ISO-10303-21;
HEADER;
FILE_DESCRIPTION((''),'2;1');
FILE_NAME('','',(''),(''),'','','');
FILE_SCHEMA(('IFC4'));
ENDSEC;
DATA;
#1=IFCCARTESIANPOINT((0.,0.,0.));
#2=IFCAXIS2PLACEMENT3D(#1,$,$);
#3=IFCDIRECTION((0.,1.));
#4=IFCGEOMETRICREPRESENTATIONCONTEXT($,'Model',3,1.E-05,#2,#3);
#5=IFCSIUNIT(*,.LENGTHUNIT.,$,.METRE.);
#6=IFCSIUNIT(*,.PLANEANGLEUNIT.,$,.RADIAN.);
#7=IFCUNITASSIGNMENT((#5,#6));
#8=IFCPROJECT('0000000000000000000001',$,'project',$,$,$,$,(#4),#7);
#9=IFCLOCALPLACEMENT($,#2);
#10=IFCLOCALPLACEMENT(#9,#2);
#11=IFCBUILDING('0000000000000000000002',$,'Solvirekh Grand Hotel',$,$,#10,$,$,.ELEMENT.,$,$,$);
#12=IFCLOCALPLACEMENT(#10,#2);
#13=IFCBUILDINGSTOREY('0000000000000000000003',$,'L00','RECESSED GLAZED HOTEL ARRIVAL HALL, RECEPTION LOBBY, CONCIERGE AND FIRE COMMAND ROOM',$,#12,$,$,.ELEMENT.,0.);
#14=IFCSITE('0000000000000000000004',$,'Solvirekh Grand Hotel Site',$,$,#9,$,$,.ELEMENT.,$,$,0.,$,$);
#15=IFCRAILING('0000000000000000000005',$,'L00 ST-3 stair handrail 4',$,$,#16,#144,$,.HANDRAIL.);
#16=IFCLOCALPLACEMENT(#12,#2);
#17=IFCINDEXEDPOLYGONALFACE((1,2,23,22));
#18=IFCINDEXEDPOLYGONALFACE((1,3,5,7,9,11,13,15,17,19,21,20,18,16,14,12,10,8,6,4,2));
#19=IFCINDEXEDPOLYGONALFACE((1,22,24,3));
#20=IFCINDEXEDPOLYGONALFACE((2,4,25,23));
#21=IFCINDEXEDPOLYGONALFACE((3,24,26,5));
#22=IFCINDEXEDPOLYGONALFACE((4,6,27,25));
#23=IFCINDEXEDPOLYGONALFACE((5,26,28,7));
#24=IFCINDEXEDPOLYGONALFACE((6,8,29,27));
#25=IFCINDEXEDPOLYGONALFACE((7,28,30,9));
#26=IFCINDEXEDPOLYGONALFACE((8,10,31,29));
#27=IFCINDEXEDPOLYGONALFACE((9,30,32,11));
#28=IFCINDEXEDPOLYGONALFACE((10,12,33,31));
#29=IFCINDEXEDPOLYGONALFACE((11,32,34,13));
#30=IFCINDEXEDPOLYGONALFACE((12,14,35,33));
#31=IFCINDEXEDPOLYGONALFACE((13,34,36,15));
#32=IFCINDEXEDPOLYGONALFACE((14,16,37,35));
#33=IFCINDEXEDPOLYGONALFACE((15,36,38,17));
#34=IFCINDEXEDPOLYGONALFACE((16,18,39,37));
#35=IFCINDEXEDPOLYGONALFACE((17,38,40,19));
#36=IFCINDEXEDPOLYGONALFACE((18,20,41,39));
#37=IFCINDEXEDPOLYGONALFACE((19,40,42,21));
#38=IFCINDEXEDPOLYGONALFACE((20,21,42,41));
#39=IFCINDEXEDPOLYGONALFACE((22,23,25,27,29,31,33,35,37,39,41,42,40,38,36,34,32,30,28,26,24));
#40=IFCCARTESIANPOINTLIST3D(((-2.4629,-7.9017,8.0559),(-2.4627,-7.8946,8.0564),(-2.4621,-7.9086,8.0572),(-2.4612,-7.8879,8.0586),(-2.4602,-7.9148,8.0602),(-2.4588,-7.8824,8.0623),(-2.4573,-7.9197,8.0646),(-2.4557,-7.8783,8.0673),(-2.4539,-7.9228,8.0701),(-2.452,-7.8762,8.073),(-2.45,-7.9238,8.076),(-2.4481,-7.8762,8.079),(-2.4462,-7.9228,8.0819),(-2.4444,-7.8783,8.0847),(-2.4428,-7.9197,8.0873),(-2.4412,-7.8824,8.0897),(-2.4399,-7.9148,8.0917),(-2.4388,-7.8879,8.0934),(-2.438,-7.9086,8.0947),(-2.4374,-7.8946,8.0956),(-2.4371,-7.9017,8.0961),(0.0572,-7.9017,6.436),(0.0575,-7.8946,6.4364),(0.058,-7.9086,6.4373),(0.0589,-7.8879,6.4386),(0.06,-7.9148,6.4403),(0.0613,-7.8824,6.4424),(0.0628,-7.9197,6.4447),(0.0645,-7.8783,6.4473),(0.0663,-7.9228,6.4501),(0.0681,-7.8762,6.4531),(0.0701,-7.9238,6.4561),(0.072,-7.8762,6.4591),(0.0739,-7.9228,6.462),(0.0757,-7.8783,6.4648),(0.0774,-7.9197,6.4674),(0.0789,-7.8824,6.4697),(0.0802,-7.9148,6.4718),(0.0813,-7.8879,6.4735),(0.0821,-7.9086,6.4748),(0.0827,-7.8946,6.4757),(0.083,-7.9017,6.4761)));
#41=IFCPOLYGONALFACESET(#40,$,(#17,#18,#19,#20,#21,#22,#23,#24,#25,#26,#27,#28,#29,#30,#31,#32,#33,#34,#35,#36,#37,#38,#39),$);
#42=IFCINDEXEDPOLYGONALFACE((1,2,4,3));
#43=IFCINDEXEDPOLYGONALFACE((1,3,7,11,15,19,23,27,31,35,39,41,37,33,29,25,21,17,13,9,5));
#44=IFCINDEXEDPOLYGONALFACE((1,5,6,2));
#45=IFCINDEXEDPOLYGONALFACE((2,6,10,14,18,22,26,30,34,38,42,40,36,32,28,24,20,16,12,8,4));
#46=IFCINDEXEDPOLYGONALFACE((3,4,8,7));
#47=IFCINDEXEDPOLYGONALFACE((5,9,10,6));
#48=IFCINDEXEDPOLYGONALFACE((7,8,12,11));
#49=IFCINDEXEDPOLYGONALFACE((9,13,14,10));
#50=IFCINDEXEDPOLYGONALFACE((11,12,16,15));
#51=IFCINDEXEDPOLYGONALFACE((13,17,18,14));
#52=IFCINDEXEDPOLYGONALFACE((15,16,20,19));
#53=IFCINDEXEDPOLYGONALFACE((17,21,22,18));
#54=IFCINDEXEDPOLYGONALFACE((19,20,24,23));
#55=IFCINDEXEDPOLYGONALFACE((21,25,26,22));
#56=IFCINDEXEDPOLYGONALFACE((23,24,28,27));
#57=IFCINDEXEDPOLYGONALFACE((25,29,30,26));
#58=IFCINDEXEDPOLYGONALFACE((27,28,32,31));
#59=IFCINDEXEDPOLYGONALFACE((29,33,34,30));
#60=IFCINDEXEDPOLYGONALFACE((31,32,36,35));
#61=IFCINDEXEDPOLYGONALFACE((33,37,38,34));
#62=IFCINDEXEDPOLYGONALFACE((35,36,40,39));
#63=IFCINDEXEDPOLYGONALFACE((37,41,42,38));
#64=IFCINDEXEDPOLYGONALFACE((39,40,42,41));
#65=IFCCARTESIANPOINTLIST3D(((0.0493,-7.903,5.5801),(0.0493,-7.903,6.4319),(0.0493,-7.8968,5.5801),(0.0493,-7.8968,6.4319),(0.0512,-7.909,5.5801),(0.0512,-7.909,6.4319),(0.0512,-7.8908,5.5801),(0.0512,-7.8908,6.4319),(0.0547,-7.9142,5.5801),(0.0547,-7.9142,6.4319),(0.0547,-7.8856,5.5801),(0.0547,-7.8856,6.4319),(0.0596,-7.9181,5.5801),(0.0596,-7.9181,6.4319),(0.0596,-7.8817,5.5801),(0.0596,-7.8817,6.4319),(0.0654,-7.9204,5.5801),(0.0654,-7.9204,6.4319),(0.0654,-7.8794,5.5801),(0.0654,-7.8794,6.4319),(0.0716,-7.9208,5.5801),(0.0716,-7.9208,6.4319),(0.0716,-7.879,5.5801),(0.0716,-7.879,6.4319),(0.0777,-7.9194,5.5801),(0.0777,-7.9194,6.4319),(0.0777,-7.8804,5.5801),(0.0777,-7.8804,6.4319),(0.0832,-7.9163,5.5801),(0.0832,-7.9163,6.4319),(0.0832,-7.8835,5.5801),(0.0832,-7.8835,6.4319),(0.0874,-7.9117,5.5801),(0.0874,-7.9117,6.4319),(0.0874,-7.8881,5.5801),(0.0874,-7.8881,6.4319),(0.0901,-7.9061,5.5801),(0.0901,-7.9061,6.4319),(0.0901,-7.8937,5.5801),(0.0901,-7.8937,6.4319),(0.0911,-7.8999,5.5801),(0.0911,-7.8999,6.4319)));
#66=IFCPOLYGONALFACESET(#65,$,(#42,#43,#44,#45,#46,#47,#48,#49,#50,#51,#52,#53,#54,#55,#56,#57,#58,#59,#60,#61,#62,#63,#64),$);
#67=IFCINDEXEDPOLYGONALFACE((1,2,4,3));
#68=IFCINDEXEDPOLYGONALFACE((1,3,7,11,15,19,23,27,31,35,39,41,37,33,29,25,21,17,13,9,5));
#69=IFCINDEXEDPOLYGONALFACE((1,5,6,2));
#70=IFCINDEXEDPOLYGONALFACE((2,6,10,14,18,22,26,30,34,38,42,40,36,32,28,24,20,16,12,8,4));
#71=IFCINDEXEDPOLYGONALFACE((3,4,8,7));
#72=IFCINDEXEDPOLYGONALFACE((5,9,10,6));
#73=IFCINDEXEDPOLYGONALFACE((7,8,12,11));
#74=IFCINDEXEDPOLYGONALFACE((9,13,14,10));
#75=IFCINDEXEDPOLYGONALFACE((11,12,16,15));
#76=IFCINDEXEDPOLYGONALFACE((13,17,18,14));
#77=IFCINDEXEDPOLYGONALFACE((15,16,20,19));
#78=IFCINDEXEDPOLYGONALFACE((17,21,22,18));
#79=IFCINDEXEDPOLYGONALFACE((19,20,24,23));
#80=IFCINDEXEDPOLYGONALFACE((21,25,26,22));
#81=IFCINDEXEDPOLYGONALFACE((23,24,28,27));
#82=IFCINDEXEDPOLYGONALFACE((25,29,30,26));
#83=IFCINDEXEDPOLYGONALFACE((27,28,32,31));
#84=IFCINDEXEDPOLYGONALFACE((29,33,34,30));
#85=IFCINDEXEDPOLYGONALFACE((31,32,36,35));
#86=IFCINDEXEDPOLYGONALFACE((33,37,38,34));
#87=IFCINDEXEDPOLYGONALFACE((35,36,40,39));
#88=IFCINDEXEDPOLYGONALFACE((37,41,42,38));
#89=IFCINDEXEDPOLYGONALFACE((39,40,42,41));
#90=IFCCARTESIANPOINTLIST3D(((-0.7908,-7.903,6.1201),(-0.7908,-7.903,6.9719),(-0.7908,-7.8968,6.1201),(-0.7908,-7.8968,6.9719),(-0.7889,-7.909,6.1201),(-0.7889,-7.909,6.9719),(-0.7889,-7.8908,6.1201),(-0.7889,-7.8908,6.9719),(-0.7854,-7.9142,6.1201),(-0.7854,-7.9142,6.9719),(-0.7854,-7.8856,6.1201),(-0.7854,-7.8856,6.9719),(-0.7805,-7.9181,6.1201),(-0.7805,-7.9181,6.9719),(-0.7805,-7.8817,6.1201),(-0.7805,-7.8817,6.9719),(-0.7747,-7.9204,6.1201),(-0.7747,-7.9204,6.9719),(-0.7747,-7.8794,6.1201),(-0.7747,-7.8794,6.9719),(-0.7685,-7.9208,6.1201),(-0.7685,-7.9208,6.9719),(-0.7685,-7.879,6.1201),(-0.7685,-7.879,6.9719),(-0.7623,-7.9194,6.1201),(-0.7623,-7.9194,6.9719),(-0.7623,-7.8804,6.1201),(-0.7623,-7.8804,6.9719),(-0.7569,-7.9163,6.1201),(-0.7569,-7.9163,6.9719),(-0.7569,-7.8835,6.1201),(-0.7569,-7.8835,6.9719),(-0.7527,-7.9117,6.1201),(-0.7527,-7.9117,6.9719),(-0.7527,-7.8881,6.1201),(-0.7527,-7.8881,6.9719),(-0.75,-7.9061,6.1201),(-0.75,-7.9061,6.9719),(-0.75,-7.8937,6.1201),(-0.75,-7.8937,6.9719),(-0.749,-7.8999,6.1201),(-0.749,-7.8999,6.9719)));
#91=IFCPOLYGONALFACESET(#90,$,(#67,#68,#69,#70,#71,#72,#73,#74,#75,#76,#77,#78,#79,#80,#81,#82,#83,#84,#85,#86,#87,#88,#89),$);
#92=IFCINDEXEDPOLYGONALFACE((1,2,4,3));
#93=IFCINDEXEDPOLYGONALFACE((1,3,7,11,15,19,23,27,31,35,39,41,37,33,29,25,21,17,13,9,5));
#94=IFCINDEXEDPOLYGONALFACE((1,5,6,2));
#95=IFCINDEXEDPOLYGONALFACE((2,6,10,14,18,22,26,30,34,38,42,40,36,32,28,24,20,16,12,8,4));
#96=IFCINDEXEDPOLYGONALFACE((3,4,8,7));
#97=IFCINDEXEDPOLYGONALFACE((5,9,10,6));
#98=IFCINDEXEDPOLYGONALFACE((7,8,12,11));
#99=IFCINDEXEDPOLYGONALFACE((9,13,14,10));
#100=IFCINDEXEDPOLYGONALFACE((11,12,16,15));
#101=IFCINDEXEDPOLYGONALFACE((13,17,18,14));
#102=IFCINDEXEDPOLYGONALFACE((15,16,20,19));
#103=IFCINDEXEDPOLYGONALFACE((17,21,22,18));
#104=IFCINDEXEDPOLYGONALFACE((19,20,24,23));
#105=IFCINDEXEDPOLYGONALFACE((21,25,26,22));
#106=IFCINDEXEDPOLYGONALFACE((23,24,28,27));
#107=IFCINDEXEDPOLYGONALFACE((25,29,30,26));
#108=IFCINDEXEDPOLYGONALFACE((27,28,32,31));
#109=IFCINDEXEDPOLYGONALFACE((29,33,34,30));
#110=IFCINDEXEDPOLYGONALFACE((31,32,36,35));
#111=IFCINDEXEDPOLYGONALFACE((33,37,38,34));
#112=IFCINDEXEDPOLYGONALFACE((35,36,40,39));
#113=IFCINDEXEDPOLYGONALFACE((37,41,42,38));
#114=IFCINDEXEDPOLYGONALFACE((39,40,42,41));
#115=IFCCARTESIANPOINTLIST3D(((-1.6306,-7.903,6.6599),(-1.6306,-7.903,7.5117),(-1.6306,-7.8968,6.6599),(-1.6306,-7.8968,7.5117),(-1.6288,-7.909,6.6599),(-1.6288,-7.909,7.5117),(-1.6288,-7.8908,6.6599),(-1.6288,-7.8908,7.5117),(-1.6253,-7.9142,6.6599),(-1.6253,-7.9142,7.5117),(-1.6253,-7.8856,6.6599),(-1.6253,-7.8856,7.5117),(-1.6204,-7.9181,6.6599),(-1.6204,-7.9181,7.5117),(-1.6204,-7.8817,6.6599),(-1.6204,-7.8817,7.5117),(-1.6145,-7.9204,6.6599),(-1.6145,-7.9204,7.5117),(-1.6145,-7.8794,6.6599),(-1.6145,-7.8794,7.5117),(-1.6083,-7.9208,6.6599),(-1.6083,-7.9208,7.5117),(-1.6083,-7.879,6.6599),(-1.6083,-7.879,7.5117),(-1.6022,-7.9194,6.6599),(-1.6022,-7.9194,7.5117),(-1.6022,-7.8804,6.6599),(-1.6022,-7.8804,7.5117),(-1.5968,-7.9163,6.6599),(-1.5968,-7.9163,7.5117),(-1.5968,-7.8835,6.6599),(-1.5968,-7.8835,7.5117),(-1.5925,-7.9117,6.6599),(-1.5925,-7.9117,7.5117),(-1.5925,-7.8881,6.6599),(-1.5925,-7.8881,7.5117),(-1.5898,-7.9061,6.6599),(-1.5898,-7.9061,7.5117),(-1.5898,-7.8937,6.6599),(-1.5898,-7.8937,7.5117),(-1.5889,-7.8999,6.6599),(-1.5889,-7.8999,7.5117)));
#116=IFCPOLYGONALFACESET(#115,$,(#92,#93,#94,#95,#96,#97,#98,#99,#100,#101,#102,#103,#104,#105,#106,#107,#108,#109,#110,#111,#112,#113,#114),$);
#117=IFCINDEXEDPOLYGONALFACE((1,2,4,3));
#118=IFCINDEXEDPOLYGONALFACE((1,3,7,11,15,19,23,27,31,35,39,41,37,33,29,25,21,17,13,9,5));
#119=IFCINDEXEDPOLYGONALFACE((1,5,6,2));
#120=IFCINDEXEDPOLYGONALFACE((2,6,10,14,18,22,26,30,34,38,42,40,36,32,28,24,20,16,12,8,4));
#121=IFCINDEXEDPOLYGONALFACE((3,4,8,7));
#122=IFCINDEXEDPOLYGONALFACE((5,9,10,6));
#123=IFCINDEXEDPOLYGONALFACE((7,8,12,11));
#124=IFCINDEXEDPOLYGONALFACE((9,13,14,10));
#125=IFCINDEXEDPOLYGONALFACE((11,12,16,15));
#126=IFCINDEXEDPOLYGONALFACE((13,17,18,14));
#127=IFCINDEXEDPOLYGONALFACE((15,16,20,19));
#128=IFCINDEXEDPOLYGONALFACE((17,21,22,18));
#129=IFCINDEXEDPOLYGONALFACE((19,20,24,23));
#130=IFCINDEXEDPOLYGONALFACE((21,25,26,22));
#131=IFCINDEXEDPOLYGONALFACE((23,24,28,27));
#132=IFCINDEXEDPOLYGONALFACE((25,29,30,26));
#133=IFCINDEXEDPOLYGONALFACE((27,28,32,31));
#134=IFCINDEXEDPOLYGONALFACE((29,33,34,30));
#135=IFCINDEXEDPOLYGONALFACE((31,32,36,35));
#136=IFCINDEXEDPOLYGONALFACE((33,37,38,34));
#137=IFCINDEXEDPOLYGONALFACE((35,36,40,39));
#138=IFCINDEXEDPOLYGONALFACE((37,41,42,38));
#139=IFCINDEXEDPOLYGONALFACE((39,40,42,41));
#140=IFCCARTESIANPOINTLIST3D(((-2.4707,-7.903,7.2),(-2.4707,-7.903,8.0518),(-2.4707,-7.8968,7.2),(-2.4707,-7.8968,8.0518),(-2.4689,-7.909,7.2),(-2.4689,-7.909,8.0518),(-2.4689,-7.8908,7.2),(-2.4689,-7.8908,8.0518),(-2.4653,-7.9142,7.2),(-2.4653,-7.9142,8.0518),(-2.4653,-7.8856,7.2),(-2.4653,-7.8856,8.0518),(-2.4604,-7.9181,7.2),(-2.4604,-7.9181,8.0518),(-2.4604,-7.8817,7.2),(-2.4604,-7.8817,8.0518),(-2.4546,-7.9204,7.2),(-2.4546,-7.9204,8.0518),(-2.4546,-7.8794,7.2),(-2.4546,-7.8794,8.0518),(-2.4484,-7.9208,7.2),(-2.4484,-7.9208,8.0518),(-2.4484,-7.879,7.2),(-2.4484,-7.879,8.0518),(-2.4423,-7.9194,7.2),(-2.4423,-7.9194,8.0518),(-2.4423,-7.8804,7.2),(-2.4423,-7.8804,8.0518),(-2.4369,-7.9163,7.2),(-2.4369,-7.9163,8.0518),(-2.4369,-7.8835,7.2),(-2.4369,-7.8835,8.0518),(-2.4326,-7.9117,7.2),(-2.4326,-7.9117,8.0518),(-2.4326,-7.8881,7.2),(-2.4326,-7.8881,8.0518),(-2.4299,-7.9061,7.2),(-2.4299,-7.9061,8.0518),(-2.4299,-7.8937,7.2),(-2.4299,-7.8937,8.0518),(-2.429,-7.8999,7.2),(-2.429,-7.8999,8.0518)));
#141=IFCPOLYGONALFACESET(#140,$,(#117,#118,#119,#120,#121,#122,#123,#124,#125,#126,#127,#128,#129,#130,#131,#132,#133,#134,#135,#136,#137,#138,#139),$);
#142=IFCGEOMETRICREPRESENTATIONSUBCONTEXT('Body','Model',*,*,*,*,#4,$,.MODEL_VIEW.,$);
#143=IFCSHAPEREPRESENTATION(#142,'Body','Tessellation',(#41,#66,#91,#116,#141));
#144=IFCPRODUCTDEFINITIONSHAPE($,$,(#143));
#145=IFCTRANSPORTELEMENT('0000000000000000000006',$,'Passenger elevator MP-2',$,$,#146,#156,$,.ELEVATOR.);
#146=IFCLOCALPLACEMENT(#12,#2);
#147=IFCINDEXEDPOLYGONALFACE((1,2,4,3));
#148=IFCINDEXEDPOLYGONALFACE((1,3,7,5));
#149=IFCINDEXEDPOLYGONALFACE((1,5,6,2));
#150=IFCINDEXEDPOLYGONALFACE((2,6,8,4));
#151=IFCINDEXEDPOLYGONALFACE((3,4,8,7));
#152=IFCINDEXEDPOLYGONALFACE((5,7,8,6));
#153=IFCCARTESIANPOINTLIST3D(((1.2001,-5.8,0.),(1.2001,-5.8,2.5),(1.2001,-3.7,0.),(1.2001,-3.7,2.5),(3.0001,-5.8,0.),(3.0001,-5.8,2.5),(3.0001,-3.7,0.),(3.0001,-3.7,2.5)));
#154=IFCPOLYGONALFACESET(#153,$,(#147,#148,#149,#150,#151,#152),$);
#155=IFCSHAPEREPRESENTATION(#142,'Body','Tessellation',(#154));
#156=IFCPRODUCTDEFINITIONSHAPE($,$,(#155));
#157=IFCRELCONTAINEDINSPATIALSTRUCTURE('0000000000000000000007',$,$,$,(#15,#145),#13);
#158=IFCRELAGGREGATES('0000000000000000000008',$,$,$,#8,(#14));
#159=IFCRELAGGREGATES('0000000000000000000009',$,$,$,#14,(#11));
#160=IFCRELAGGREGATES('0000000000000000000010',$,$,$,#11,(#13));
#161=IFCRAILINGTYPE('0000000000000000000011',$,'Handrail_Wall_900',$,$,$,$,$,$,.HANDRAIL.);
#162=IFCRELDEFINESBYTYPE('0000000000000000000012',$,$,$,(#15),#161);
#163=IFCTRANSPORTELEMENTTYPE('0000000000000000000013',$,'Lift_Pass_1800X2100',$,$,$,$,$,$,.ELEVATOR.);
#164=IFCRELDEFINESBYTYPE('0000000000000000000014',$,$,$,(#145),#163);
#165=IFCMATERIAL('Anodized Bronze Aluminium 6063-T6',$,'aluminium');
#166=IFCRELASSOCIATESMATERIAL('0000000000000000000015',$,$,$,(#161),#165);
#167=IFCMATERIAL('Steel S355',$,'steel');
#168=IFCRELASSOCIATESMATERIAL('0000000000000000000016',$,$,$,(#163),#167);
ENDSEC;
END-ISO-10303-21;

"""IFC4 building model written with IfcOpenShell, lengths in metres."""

from ifc_helpers import new_model, si_unit, direction, frame, origin, origin_2d, place, context, subcontext, project, spatial, rectangle, circle, extrude, material, type_object, element, save


model = new_model("IFC4")

# Units and contexts
model_context = context("Model", 3, precision=1e-05, world=origin(), true_north=direction((0.0, 1.0)))
body_context = subcontext(model_context, "Body", "Model", "MODEL_VIEW")
ifc_project = project(units=[si_unit("LENGTHUNIT", "METRE"), si_unit("PLANEANGLEUNIT", "RADIAN")], contexts=[model_context])

# Site, building, storey
site_placement = place(None, origin())
site = spatial("IfcSite", under=ifc_project, at=site_placement, Name="Solvirekh Grand Hotel Site", CompositionType="ELEMENT", RefElevation=0.0)
building_placement = place(site_placement, origin())
building = spatial("IfcBuilding", under=site, at=building_placement, Name="Solvirekh Grand Hotel", CompositionType="ELEMENT")
storey_placement = place(building_placement, origin())
storey = spatial("IfcBuildingStorey", under=building, at=storey_placement, Name="L00", Description="RECESSED GLAZED HOTEL ARRIVAL HALL, RECEPTION LOBBY, CONCIERGE AND FIRE COMMAND ROOM", CompositionType="ELEMENT", Elevation=0.0)

# Shared definitions
ifc_material_1 = material(Name="Steel S355", Category="steel")

# Shared definitions
ifc_material_2 = material(Name="Anodized Bronze Aluminium 6063-T6", Category="aluminium")

# Railing
railing_type_1 = type_object("IfcRailingType", Name="Handrail_Wall_900", PredefinedType="HANDRAIL", material=ifc_material_2)
railing_1_placement = place(storey_placement, frame((0.0701, -7.8999, 5.5801)))
element("IfcRailing", 1, at=railing_1_placement, inside=storey, type_object=railing_type_1, Name="L00 ST-3 stair handrail 4", PredefinedType="HANDRAIL", context=body_context, shape_type="SweptSolid", body=[
    extrude(circle(Radius=0.0239, at=origin_2d()), frame((0.0, 0.0, 0.876), z_axis=(-0.8412, 0.0, 0.540725), x_axis=(0.0, -1.0, 0.0)), (0.0, 0.0, 1.0), 2.9958),
    extrude(circle(Radius=0.021, at=origin_2d()), origin(), (0.0, 0.0, 1.0), 0.8518),
    extrude(circle(Radius=0.021, at=origin_2d()), frame((-0.8401, 0.0, 0.54)), (0.0, 0.0, 1.0), 0.8518),
    extrude(circle(Radius=0.021, at=origin_2d()), frame((-1.6799, 0.0, 1.0798)), (0.0, 0.0, 1.0), 0.8518),
    extrude(circle(Radius=0.021, at=origin_2d()), frame((-2.52, 0.0, 1.6199)), (0.0, 0.0, 1.0), 0.8518),
])

# Transport element
transport_element_type = type_object("IfcTransportElementType", Name="Lift_Pass_1800X2100", PredefinedType="ELEVATOR", material=ifc_material_1)
transport_element_placement = place(storey_placement, frame((2.1001, -4.75, 0.0), z_axis=(0.0, 0.0, 1.0), x_axis=(1.0, 0.0, 0.0)))
element("IfcTransportElement", 2, at=transport_element_placement, inside=storey, type_object=transport_element_type, Name="Passenger elevator MP-2", PredefinedType="ELEVATOR", context=body_context, shape_type="SweptSolid", body=[
    extrude(rectangle(XDim=1.8, YDim=2.1001, at=origin_2d()), origin(), (0.0, 0.0, 1.0), 2.5),
])

save(model, "model.ifc")
